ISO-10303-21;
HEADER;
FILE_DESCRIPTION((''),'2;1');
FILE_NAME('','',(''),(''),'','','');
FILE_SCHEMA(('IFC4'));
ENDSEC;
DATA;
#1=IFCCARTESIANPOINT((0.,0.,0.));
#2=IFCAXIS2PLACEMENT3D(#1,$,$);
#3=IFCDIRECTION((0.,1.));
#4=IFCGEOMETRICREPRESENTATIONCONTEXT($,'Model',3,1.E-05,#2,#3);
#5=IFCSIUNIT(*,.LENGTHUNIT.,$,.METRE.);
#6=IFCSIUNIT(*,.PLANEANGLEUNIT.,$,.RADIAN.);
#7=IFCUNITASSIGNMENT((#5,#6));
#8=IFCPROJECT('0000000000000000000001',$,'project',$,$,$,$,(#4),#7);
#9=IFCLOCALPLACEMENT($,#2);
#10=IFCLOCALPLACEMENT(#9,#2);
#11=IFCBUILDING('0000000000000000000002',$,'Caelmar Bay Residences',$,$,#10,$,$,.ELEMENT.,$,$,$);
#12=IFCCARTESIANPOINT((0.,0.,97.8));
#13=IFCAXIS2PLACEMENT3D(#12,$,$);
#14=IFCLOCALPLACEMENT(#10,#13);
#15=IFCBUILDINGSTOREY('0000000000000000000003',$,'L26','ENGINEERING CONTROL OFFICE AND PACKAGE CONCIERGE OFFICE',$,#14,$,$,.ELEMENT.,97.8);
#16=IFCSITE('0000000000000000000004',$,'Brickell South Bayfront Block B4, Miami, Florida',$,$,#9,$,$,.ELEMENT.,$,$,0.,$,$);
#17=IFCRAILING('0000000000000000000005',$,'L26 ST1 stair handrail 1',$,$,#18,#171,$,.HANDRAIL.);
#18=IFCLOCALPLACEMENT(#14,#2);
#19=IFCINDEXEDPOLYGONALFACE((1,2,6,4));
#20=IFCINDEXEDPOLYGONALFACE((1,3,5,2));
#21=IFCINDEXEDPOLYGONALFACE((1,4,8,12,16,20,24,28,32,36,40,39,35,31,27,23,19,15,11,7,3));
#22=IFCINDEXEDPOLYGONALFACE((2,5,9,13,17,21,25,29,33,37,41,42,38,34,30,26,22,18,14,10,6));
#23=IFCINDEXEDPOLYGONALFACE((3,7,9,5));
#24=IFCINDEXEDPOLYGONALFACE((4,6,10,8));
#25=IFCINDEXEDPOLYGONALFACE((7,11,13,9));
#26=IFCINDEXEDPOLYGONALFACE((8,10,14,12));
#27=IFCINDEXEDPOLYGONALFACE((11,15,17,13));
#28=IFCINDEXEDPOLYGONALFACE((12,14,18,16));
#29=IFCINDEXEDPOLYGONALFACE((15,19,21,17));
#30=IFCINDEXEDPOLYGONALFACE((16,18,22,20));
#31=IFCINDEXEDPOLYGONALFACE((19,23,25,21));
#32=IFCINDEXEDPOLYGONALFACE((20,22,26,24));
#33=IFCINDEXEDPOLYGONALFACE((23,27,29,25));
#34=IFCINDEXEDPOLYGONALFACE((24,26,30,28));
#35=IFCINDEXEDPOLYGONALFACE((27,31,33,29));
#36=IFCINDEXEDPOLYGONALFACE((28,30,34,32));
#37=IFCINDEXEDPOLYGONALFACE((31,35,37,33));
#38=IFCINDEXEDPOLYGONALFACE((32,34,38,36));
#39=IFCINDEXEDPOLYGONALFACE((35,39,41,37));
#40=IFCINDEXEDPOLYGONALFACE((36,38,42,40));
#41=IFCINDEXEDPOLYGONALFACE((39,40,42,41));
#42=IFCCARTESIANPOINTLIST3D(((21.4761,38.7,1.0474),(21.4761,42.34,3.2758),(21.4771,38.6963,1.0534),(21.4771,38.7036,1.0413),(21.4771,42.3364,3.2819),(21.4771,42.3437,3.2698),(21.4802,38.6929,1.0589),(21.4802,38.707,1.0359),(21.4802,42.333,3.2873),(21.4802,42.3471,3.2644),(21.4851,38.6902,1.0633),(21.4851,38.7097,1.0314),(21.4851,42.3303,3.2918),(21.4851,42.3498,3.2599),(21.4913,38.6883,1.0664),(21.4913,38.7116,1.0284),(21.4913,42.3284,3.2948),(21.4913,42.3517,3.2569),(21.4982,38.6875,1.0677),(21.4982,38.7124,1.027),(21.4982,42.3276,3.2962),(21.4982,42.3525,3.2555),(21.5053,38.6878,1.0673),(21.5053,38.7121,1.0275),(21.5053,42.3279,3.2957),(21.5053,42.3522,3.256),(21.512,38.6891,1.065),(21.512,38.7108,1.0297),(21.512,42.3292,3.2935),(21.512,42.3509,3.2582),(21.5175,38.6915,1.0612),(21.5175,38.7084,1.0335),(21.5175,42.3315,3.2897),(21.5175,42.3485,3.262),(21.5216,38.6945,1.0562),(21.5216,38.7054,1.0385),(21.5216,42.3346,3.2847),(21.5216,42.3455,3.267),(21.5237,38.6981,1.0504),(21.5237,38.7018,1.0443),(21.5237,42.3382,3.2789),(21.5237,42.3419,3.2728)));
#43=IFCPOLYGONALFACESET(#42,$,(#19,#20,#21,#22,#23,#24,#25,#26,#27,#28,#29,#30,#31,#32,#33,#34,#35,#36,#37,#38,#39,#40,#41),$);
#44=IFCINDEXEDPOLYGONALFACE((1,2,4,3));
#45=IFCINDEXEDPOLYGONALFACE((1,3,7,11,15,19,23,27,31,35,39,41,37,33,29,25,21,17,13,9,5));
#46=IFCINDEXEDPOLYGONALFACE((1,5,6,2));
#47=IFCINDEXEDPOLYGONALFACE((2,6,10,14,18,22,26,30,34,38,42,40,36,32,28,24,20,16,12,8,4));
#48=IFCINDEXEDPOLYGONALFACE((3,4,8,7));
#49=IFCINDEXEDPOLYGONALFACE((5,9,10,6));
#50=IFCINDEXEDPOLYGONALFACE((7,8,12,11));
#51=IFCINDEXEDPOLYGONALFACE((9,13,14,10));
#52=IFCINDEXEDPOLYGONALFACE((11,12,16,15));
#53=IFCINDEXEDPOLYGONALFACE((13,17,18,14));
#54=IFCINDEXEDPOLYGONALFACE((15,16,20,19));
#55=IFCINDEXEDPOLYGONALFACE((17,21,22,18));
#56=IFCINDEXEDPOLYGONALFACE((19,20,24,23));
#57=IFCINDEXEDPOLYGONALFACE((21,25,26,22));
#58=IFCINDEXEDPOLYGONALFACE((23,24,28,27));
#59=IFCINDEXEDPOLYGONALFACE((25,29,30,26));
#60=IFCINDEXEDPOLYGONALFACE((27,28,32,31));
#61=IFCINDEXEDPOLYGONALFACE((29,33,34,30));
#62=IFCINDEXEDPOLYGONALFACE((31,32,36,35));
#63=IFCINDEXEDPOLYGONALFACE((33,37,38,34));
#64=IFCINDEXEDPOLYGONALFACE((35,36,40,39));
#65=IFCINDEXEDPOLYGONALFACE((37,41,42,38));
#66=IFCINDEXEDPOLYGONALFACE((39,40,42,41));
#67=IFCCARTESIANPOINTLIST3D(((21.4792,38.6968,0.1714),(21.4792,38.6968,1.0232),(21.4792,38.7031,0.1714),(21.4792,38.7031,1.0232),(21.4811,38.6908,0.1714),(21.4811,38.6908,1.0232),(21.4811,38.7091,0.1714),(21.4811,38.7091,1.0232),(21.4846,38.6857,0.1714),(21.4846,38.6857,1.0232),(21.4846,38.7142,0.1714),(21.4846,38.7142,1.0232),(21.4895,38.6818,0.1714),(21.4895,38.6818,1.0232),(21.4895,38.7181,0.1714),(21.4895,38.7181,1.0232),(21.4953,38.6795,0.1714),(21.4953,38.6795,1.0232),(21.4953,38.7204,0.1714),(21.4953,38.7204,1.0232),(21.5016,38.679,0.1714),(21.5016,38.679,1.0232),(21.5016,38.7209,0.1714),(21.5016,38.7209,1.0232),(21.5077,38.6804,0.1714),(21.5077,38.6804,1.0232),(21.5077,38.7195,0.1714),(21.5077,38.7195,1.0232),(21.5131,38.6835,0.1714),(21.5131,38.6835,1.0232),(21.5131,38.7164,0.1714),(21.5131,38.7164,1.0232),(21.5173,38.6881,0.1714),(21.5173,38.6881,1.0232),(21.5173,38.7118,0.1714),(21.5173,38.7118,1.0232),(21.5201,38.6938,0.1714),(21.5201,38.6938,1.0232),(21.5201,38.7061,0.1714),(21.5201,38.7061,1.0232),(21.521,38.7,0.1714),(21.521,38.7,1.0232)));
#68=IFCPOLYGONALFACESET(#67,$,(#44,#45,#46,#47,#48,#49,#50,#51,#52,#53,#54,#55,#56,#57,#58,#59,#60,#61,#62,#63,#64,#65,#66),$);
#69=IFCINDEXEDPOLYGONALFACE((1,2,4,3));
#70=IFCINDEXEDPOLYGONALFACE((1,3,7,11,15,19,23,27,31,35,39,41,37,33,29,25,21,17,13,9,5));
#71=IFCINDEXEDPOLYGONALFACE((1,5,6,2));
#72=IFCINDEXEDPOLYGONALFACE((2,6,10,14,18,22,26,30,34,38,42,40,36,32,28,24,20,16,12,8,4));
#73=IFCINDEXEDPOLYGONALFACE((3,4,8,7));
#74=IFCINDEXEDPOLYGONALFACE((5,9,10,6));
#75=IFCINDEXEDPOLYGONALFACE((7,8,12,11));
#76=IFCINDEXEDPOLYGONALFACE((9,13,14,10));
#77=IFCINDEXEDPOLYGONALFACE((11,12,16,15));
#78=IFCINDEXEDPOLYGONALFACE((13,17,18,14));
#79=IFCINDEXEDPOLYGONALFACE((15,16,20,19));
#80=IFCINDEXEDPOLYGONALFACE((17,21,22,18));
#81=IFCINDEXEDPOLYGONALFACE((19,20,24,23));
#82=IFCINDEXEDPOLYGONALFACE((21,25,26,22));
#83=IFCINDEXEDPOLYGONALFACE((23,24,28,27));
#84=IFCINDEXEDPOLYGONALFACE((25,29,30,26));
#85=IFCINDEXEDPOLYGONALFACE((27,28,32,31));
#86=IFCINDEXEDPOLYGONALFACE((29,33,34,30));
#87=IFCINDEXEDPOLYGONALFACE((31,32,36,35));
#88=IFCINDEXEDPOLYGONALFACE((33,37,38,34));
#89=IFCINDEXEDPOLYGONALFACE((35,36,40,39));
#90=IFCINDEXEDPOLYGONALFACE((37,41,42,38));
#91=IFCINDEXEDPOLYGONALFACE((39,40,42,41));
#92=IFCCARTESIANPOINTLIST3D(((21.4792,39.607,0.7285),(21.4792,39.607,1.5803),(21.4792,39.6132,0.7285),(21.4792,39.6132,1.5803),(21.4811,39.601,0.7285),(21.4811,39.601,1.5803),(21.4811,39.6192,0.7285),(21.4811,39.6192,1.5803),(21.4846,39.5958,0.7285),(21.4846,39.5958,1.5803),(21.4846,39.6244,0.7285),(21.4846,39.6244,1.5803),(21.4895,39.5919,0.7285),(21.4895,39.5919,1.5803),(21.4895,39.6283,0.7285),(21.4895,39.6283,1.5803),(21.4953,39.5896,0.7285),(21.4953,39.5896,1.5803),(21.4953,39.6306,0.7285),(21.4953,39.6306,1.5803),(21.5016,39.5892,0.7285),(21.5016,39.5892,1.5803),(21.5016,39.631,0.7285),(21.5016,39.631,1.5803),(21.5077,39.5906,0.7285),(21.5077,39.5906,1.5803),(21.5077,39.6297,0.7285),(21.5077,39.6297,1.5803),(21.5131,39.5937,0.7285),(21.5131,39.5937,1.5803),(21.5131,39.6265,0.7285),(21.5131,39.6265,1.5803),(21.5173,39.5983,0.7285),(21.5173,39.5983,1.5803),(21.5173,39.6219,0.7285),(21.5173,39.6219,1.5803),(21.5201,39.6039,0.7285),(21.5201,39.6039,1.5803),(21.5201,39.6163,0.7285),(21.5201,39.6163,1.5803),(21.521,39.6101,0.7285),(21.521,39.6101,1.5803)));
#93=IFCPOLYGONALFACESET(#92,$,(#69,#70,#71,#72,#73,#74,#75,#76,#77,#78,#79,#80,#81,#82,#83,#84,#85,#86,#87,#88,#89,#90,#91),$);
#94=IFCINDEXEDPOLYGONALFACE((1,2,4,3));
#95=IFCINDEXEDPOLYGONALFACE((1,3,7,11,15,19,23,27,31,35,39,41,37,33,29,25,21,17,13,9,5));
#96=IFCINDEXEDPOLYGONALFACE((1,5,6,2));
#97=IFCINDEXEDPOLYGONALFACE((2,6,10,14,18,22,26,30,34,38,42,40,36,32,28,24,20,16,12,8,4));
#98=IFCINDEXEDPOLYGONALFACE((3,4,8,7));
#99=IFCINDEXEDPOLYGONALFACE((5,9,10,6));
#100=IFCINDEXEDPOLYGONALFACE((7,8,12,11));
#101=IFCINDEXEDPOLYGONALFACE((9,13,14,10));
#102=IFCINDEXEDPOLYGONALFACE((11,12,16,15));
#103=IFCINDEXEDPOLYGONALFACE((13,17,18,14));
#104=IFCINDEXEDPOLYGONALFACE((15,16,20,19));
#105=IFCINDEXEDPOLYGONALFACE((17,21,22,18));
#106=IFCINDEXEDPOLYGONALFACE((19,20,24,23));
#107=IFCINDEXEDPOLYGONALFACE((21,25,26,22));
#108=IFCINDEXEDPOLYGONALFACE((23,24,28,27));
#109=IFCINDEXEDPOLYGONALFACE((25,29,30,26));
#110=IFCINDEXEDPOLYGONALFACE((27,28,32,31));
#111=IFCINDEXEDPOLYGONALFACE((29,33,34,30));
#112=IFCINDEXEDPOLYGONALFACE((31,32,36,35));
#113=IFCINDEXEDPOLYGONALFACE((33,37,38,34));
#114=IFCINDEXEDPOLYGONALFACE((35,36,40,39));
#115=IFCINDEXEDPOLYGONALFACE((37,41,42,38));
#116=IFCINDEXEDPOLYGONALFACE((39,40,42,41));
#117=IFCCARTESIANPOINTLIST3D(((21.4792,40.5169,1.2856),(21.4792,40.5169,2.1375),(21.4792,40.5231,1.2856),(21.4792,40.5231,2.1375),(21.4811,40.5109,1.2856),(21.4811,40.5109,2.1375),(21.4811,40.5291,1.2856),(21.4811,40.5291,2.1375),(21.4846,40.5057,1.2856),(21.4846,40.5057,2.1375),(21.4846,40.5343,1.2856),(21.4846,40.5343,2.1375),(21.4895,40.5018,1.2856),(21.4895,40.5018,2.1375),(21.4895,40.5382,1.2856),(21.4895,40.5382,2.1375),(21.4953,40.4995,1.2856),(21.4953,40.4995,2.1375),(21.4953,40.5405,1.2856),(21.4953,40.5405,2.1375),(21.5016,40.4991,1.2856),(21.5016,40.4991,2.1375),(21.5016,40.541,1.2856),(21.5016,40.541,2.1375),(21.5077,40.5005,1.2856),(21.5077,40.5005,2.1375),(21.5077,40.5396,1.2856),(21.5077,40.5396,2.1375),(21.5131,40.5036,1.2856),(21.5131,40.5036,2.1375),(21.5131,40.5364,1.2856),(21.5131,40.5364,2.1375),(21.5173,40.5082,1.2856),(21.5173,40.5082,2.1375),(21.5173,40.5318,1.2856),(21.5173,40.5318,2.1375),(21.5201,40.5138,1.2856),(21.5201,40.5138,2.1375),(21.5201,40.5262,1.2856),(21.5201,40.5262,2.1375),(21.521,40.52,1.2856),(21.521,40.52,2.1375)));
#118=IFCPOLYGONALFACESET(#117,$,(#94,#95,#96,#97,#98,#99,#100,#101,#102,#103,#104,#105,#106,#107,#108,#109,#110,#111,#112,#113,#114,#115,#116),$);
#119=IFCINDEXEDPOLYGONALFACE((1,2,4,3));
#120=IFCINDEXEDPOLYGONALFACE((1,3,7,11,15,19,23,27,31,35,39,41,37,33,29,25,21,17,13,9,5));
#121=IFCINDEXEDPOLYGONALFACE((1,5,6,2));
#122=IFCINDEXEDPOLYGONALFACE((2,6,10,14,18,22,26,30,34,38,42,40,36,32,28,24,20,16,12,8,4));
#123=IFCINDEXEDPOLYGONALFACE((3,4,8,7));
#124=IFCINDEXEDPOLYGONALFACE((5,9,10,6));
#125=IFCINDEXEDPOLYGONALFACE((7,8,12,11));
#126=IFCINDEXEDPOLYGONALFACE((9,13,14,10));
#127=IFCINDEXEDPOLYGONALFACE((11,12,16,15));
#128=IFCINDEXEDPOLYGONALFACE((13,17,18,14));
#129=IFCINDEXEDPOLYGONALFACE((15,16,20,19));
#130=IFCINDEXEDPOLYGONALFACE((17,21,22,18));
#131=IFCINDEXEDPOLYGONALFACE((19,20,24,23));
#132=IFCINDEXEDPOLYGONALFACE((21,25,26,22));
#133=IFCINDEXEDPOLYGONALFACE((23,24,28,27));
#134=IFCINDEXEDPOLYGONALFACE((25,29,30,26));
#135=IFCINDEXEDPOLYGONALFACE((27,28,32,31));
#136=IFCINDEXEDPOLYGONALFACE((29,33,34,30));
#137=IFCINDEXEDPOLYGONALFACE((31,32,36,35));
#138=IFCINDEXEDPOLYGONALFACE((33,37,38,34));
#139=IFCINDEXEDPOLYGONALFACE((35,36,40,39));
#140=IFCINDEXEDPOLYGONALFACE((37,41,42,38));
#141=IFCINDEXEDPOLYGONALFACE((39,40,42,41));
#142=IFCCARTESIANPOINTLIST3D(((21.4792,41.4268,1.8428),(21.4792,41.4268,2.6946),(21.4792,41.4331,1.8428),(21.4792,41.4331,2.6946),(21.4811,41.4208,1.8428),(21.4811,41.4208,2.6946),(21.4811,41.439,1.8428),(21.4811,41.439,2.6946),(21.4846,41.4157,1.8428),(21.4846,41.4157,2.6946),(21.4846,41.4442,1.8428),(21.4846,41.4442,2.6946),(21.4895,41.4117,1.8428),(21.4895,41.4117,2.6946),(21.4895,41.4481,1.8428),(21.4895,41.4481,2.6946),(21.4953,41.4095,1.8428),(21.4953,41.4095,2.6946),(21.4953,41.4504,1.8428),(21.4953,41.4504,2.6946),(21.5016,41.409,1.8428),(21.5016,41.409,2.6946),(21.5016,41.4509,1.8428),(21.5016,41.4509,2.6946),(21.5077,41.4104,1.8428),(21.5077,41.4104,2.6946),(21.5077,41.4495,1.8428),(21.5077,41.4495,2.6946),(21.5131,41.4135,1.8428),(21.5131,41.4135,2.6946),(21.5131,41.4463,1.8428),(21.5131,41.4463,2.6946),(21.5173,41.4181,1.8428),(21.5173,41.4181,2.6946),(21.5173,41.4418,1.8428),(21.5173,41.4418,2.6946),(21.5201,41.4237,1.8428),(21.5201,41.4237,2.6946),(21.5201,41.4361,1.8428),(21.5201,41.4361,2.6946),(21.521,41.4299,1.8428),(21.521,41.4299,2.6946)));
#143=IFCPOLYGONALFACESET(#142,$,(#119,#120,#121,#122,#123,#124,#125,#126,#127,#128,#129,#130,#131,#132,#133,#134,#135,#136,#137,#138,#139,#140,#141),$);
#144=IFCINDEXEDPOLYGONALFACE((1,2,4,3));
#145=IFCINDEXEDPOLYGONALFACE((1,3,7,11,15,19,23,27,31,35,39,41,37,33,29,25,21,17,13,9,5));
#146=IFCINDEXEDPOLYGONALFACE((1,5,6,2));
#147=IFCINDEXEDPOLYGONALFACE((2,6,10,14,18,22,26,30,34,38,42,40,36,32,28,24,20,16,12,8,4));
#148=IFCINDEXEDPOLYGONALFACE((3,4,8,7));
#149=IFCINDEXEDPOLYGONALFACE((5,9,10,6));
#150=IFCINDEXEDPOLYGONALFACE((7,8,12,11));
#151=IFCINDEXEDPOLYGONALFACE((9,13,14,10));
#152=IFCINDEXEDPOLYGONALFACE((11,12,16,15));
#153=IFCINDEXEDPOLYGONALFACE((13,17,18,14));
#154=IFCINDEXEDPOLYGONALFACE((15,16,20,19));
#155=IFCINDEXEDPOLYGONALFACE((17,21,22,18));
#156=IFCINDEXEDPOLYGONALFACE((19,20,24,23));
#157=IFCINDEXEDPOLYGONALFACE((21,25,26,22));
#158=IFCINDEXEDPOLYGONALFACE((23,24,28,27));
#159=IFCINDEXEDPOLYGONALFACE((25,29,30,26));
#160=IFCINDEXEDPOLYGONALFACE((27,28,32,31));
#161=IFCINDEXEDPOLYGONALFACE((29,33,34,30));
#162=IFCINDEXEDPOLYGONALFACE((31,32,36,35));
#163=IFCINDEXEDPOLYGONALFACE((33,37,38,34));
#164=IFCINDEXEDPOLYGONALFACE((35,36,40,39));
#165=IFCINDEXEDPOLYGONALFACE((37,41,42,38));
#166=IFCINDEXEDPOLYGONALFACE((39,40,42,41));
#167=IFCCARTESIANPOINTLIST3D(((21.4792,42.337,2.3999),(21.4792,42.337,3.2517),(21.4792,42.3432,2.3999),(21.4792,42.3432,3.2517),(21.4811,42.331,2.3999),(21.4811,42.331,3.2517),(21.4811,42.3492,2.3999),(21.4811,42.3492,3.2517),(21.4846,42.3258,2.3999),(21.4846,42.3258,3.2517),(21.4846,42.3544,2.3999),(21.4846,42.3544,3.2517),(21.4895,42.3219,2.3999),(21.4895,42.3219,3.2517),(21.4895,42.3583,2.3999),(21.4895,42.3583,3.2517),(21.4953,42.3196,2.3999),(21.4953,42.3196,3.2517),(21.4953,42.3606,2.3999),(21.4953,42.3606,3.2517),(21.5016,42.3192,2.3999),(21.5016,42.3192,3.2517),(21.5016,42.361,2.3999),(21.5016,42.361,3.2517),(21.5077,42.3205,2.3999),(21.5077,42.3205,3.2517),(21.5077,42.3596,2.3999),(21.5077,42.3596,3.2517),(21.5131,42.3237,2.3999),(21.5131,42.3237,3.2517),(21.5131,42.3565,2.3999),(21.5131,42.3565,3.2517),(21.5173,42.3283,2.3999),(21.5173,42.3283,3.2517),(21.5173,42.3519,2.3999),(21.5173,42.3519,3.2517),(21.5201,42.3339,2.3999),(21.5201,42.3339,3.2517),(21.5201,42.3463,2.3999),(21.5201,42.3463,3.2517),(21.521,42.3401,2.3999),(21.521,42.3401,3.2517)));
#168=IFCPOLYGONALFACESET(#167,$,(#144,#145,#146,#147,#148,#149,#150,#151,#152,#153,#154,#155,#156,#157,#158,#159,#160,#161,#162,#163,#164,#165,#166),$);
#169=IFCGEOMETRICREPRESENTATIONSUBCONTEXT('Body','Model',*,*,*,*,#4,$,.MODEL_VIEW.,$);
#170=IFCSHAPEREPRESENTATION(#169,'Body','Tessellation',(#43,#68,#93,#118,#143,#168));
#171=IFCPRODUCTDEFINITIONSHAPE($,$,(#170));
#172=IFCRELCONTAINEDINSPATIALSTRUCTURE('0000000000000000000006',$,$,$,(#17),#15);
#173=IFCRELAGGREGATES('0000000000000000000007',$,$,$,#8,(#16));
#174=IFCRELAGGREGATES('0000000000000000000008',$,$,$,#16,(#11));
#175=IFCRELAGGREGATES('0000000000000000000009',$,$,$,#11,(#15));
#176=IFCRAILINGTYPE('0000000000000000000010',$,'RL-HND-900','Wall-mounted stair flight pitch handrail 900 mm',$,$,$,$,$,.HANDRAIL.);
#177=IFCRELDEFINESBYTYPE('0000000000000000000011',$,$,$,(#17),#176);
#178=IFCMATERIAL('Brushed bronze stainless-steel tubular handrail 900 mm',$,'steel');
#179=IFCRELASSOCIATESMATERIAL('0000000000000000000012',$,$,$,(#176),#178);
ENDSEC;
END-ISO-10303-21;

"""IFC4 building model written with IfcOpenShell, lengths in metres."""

from ifc_helpers import new_model, si_unit, direction, frame, origin, origin_2d, place, context, subcontext, project, spatial, circle, extrude, material, type_object, element, save


model = new_model("IFC4")

# Units and contexts
model_context = context("Model", 3, precision=1e-05, world=origin(), true_north=direction((0.0, 1.0)))
body_context = subcontext(model_context, "Body", "Model", "MODEL_VIEW")
ifc_project = project(units=[si_unit("LENGTHUNIT", "METRE"), si_unit("PLANEANGLEUNIT", "RADIAN")], contexts=[model_context])

# Site, building, storey
site_placement = place(None, origin())
site = spatial("IfcSite", under=ifc_project, at=site_placement, Name="Brickell South Bayfront Block B4, Miami, Florida", CompositionType="ELEMENT", RefElevation=0.0)
building_placement = place(site_placement, origin())
building = spatial("IfcBuilding", under=site, at=building_placement, Name="Caelmar Bay Residences", CompositionType="ELEMENT")
storey_placement = place(building_placement, frame((0.0, 0.0, 97.8)))
storey = spatial("IfcBuildingStorey", under=building, at=storey_placement, Name="L26", Description="ENGINEERING CONTROL OFFICE AND PACKAGE CONCIERGE OFFICE", CompositionType="ELEMENT", Elevation=97.8)

# Railing
ifc_material_1 = material(Name="Brushed bronze stainless-steel tubular handrail 900 mm", Category="steel")
railing_type_1 = type_object("IfcRailingType", Name="RL-HND-900", Description="Wall-mounted stair flight pitch handrail 900 mm", PredefinedType="HANDRAIL", material=ifc_material_1)
railing_1_placement = place(storey_placement, frame((21.5, 38.7, 0.1714)))
element("IfcRailing", 1, at=railing_1_placement, inside=storey, type_object=railing_type_1, Name="L26 ST1 stair handrail 1", PredefinedType="HANDRAIL", context=body_context, shape_type="SweptSolid", body=[
    extrude(circle(Radius=0.0239, at=origin_2d()), frame((0.0, 0.0, 0.876), z_axis=(0.0, 0.852866, 0.52213), x_axis=(-1.0, 0.0, 0.0)), (0.0, 0.0, 1.0), 4.2681),
    extrude(circle(Radius=0.021, at=origin_2d()), origin(), (0.0, 0.0, 1.0), 0.8518),
    extrude(circle(Radius=0.021, at=origin_2d()), frame((0.0, 0.9102, 0.5571)), (0.0, 0.0, 1.0), 0.8518),
    extrude(circle(Radius=0.021, at=origin_2d()), frame((0.0, 1.8201, 1.1143)), (0.0, 0.0, 1.0), 0.8518),
    extrude(circle(Radius=0.021, at=origin_2d()), frame((0.0, 2.73, 1.6714)), (0.0, 0.0, 1.0), 0.8518),
    extrude(circle(Radius=0.021, at=origin_2d()), frame((0.0, 3.6401, 2.2285)), (0.0, 0.0, 1.0), 0.8518),
])

save(model, "model.ifc")
